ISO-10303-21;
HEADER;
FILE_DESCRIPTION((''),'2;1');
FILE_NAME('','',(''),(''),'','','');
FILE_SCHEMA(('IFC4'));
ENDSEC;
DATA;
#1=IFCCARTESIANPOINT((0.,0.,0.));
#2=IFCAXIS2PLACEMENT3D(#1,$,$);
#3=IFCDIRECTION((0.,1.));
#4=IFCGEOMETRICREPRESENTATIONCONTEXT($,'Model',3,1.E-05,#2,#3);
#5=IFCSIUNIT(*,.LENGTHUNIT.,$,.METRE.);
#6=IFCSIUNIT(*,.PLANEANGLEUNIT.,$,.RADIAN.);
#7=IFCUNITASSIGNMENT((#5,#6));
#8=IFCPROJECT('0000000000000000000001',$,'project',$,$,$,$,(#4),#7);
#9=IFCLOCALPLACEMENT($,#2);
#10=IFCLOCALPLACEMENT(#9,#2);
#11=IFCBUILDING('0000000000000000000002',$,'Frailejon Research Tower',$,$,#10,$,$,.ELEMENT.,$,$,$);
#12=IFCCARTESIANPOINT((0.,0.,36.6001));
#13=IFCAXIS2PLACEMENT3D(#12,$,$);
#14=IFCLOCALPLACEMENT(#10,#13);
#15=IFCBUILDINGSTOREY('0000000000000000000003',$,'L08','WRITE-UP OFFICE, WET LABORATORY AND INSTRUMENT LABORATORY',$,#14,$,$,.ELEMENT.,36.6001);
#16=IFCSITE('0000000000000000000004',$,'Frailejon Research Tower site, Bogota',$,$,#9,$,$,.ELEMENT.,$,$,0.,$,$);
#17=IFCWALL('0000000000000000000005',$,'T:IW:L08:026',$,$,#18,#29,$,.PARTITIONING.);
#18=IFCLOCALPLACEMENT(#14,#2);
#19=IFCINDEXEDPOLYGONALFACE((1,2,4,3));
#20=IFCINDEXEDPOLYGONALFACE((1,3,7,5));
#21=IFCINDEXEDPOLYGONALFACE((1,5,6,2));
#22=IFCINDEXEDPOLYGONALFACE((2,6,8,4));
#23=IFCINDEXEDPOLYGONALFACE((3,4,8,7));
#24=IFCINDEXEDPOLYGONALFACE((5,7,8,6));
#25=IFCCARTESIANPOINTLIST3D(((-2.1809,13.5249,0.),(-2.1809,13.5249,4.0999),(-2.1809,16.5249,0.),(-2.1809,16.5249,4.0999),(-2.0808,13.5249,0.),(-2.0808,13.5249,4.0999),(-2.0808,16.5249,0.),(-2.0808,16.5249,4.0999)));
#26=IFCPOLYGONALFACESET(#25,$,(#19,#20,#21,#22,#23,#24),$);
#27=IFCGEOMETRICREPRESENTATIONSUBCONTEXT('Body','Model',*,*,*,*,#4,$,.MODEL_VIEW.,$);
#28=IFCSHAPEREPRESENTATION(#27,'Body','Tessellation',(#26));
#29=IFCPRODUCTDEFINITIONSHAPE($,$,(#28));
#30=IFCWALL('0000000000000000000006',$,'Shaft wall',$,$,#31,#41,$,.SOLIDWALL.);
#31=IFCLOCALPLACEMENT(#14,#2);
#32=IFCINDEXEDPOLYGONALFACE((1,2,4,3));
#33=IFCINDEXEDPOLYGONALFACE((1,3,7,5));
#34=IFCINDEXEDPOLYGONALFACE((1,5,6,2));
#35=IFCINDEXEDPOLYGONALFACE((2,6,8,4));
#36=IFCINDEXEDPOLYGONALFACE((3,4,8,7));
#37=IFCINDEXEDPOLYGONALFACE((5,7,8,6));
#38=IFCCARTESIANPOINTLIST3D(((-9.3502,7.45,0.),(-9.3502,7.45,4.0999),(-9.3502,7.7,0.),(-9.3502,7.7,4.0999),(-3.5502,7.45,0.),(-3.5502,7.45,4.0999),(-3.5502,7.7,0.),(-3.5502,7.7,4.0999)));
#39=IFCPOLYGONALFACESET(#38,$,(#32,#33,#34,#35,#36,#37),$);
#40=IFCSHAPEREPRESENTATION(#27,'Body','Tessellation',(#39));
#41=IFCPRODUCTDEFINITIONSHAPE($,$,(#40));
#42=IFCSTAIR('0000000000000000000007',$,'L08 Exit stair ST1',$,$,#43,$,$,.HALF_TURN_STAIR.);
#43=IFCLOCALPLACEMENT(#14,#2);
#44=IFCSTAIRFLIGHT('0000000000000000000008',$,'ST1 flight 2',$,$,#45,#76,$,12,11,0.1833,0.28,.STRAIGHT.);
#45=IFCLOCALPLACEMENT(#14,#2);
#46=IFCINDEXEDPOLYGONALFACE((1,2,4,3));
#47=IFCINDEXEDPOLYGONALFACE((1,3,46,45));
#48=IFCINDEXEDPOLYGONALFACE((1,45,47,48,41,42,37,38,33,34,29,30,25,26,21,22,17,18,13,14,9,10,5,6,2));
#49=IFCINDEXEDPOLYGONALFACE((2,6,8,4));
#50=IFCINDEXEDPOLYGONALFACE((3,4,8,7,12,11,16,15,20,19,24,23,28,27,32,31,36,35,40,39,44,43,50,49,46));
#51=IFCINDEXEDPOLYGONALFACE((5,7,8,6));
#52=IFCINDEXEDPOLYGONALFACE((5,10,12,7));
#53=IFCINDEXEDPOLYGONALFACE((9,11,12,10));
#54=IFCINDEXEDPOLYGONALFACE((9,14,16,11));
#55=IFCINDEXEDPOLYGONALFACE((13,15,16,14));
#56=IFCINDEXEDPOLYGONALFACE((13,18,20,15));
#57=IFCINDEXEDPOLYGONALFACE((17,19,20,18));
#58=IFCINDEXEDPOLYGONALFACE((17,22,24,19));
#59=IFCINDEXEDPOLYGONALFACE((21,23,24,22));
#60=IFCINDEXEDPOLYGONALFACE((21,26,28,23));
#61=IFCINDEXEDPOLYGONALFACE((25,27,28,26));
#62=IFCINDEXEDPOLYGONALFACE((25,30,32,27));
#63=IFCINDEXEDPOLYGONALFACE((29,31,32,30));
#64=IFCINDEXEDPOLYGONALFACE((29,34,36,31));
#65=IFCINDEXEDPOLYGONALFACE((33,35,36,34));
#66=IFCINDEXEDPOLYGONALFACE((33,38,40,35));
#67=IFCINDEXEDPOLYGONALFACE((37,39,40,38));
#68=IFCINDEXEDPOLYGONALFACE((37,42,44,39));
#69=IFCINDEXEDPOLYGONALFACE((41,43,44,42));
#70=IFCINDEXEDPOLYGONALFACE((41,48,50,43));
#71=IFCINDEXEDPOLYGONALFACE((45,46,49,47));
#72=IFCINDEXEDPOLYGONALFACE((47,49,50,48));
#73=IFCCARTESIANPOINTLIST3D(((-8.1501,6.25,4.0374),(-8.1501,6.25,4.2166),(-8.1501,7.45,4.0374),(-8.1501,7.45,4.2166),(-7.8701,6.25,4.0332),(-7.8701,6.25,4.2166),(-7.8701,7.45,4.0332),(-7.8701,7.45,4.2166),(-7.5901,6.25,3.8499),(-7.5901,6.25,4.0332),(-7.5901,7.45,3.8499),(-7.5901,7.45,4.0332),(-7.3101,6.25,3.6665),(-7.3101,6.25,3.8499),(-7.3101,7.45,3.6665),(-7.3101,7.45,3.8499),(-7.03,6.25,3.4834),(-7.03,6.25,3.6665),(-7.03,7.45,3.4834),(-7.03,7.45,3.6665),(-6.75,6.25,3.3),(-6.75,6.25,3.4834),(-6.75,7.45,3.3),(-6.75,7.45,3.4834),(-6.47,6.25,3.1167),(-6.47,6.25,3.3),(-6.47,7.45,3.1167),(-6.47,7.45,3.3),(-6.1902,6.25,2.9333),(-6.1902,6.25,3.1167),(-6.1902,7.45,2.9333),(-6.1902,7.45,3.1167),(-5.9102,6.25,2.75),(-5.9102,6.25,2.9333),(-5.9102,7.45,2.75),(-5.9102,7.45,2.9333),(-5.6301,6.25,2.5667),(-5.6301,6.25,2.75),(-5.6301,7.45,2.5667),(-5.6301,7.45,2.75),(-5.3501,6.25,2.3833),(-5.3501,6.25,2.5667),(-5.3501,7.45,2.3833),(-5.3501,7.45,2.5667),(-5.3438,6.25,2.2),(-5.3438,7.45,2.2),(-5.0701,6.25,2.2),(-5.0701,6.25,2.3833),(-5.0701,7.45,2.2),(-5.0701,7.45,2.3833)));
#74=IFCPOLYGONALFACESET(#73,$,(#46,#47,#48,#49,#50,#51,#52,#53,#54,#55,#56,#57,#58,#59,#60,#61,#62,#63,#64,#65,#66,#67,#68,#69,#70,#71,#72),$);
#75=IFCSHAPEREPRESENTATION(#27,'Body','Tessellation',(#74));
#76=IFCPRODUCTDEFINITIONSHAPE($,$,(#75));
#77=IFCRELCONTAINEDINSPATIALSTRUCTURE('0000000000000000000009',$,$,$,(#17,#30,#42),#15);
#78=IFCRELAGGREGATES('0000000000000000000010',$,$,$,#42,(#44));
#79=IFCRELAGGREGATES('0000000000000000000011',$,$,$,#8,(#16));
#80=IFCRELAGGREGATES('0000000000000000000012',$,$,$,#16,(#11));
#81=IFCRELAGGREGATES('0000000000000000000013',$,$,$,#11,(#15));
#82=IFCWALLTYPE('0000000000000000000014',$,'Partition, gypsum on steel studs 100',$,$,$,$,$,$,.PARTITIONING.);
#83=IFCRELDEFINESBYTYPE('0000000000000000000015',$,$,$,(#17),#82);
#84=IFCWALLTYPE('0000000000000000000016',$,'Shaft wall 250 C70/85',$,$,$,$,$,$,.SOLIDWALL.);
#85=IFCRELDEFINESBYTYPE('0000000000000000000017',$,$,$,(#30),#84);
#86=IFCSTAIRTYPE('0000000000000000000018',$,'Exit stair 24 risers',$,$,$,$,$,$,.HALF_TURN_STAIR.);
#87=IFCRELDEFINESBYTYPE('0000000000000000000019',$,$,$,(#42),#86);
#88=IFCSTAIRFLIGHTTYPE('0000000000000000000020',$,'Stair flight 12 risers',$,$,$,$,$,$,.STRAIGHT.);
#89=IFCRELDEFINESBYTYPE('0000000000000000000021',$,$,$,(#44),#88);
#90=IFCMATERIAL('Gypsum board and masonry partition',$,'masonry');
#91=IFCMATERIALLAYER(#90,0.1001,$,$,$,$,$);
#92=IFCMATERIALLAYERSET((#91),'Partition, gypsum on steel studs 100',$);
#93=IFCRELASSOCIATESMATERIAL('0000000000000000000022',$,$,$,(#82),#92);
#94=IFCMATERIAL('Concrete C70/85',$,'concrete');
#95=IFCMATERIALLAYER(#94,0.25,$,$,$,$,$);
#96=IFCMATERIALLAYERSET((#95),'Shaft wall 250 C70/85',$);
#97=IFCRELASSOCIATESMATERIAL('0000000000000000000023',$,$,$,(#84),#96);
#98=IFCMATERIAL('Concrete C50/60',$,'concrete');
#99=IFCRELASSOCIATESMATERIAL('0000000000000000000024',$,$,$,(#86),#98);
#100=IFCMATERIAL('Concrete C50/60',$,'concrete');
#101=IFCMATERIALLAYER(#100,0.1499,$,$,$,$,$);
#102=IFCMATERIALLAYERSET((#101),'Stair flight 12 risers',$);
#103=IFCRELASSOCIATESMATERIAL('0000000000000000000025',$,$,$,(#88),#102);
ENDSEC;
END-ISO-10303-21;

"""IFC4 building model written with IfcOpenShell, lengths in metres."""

from ifc_helpers import new_model, si_unit, direction, frame, frame_2d, origin, place, context, subcontext, project, spatial, polyline, rectangle, outline, extrude, material, layer, layer_set, type_object, element, aggregate, save


model = new_model("IFC4")

# Units and contexts
model_context = context("Model", 3, precision=1e-05, world=origin(), true_north=direction((0.0, 1.0)))
body_context = subcontext(model_context, "Body", "Model", "MODEL_VIEW")
ifc_project = project(units=[si_unit("LENGTHUNIT", "METRE"), si_unit("PLANEANGLEUNIT", "RADIAN")], contexts=[model_context])

# Site, building, storey
site_placement = place(None, origin())
site = spatial("IfcSite", under=ifc_project, at=site_placement, Name="Frailejon Research Tower site, Bogota", CompositionType="ELEMENT", RefElevation=0.0)
building_placement = place(site_placement, origin())
building = spatial("IfcBuilding", under=site, at=building_placement, Name="Frailejon Research Tower", CompositionType="ELEMENT")
storey_placement = place(building_placement, frame((0.0, 0.0, 36.6001)))
storey = spatial("IfcBuildingStorey", under=building, at=storey_placement, Name="L08", Description="WRITE-UP OFFICE, WET LABORATORY AND INSTRUMENT LABORATORY", CompositionType="ELEMENT", Elevation=36.6001)

# Shared definitions
ifc_material_1 = material(Name="Gypsum board and masonry partition", Category="masonry")
ifc_layer_1 = layer(ifc_material_1, 0.1001)
ifc_layer_set_1 = layer_set([ifc_layer_1], Name="Partition, gypsum on steel studs 100")
wall_type_1 = type_object("IfcWallType", Name="Partition, gypsum on steel studs 100", PredefinedType="PARTITIONING", material=ifc_layer_set_1)

# Walls
wall_1_placement = place(storey_placement, frame((-2.1309, 13.5249, 0.0), z_axis=(0.0, 0.0, 1.0), x_axis=(0.0, 1.0, 0.0)))
element("IfcWall", 1, at=wall_1_placement, inside=storey, type_object=wall_type_1, Name="T:IW:L08:026", PredefinedType="PARTITIONING", context=body_context, shape_type="SweptSolid", body=[
    extrude(rectangle(XDim=3.0, YDim=0.1001, at=frame_2d((1.5, 0.0))), origin(), (0.0, 0.0, 1.0), 4.0999),
])
ifc_material_2 = material(Name="Concrete C70/85", Category="concrete")
ifc_layer_2 = layer(ifc_material_2, 0.25)
ifc_layer_set_2 = layer_set([ifc_layer_2], Name="Shaft wall 250 C70/85")
wall_type_2 = type_object("IfcWallType", Name="Shaft wall 250 C70/85", PredefinedType="SOLIDWALL", material=ifc_layer_set_2)
wall_2_placement = place(storey_placement, frame((-9.3501, 7.575, 0.0), z_axis=(0.0, 0.0, 1.0), x_axis=(1.0, 0.0, 0.0)))
element("IfcWall", 2, at=wall_2_placement, inside=storey, type_object=wall_type_2, Name="Shaft wall", PredefinedType="SOLIDWALL", context=body_context, shape_type="SweptSolid", body=[
    extrude(rectangle(XDim=5.8, YDim=0.25, at=frame_2d((2.8999, 0.0))), origin(), (0.0, 0.0, 1.0), 4.0999),
])

# Stair, stair flight
ifc_material_3 = material(Name="Concrete C50/60", Category="concrete")
stair_type = type_object("IfcStairType", Name="Exit stair 24 risers", PredefinedType="HALF_TURN_STAIR", material=ifc_material_3)
stair_placement = place(storey_placement, origin())
stair = element("IfcStair", 3, at=stair_placement, inside=storey, type_object=stair_type, Name="L08 Exit stair ST1", PredefinedType="HALF_TURN_STAIR")
ifc_material_4 = material(Name="Concrete C50/60", Category="concrete")
ifc_layer_3 = layer(ifc_material_4, 0.1499)
ifc_layer_set_3 = layer_set([ifc_layer_3], Name="Stair flight 12 risers")
stair_flight_type = type_object("IfcStairFlightType", Name="Stair flight 12 risers", PredefinedType="STRAIGHT", material=ifc_layer_set_3)
stair_flight_placement = place(storey_placement, frame((-5.0701, 6.8501, 2.2), z_axis=(0.0, 0.0, 1.0), x_axis=(-1.0, 0.0, 0.0)))
stair_flight = element("IfcStairFlight", 4, at=stair_flight_placement, type_object=stair_flight_type, Name="ST1 flight 2", NumberOfRisers=12, NumberOfTreads=11, PredefinedType="STRAIGHT", RiserHeight=0.1833, TreadLength=0.28, context=body_context, shape_type="SweptSolid", body=[
    extrude(outline(polyline([(0.0, 0.0), (0.0, 0.1833), (0.28, 0.1833), (0.28, 0.3667), (0.5601, 0.3667), (0.5601, 0.55), (0.8401, 0.55), (0.8401, 0.7334), (1.1201, 0.7334), (1.1201, 0.9167), (1.3999, 0.9167), (1.3999, 1.1001), (1.6799, 1.1001), (1.6799, 1.2834), (1.96, 1.2834), (1.96, 1.4666), (2.24, 1.4666), (2.24, 1.6499), (2.52, 1.6499), (2.52, 1.8333), (2.8, 1.8333), (2.8, 2.0166), (3.0801, 2.0166), (3.0801, 2.2), (3.0801, 1.8374), (0.2737, 0.0), (0.0, 0.0)])), frame((0.0, 0.6001, 0.0), z_axis=(0.0, -1.0, 0.0), x_axis=(1.0, 0.0, 0.0)), (0.0, 0.0, 1.0), 1.2),
])
aggregate(stair, [stair_flight])

save(model, "model.ifc")
